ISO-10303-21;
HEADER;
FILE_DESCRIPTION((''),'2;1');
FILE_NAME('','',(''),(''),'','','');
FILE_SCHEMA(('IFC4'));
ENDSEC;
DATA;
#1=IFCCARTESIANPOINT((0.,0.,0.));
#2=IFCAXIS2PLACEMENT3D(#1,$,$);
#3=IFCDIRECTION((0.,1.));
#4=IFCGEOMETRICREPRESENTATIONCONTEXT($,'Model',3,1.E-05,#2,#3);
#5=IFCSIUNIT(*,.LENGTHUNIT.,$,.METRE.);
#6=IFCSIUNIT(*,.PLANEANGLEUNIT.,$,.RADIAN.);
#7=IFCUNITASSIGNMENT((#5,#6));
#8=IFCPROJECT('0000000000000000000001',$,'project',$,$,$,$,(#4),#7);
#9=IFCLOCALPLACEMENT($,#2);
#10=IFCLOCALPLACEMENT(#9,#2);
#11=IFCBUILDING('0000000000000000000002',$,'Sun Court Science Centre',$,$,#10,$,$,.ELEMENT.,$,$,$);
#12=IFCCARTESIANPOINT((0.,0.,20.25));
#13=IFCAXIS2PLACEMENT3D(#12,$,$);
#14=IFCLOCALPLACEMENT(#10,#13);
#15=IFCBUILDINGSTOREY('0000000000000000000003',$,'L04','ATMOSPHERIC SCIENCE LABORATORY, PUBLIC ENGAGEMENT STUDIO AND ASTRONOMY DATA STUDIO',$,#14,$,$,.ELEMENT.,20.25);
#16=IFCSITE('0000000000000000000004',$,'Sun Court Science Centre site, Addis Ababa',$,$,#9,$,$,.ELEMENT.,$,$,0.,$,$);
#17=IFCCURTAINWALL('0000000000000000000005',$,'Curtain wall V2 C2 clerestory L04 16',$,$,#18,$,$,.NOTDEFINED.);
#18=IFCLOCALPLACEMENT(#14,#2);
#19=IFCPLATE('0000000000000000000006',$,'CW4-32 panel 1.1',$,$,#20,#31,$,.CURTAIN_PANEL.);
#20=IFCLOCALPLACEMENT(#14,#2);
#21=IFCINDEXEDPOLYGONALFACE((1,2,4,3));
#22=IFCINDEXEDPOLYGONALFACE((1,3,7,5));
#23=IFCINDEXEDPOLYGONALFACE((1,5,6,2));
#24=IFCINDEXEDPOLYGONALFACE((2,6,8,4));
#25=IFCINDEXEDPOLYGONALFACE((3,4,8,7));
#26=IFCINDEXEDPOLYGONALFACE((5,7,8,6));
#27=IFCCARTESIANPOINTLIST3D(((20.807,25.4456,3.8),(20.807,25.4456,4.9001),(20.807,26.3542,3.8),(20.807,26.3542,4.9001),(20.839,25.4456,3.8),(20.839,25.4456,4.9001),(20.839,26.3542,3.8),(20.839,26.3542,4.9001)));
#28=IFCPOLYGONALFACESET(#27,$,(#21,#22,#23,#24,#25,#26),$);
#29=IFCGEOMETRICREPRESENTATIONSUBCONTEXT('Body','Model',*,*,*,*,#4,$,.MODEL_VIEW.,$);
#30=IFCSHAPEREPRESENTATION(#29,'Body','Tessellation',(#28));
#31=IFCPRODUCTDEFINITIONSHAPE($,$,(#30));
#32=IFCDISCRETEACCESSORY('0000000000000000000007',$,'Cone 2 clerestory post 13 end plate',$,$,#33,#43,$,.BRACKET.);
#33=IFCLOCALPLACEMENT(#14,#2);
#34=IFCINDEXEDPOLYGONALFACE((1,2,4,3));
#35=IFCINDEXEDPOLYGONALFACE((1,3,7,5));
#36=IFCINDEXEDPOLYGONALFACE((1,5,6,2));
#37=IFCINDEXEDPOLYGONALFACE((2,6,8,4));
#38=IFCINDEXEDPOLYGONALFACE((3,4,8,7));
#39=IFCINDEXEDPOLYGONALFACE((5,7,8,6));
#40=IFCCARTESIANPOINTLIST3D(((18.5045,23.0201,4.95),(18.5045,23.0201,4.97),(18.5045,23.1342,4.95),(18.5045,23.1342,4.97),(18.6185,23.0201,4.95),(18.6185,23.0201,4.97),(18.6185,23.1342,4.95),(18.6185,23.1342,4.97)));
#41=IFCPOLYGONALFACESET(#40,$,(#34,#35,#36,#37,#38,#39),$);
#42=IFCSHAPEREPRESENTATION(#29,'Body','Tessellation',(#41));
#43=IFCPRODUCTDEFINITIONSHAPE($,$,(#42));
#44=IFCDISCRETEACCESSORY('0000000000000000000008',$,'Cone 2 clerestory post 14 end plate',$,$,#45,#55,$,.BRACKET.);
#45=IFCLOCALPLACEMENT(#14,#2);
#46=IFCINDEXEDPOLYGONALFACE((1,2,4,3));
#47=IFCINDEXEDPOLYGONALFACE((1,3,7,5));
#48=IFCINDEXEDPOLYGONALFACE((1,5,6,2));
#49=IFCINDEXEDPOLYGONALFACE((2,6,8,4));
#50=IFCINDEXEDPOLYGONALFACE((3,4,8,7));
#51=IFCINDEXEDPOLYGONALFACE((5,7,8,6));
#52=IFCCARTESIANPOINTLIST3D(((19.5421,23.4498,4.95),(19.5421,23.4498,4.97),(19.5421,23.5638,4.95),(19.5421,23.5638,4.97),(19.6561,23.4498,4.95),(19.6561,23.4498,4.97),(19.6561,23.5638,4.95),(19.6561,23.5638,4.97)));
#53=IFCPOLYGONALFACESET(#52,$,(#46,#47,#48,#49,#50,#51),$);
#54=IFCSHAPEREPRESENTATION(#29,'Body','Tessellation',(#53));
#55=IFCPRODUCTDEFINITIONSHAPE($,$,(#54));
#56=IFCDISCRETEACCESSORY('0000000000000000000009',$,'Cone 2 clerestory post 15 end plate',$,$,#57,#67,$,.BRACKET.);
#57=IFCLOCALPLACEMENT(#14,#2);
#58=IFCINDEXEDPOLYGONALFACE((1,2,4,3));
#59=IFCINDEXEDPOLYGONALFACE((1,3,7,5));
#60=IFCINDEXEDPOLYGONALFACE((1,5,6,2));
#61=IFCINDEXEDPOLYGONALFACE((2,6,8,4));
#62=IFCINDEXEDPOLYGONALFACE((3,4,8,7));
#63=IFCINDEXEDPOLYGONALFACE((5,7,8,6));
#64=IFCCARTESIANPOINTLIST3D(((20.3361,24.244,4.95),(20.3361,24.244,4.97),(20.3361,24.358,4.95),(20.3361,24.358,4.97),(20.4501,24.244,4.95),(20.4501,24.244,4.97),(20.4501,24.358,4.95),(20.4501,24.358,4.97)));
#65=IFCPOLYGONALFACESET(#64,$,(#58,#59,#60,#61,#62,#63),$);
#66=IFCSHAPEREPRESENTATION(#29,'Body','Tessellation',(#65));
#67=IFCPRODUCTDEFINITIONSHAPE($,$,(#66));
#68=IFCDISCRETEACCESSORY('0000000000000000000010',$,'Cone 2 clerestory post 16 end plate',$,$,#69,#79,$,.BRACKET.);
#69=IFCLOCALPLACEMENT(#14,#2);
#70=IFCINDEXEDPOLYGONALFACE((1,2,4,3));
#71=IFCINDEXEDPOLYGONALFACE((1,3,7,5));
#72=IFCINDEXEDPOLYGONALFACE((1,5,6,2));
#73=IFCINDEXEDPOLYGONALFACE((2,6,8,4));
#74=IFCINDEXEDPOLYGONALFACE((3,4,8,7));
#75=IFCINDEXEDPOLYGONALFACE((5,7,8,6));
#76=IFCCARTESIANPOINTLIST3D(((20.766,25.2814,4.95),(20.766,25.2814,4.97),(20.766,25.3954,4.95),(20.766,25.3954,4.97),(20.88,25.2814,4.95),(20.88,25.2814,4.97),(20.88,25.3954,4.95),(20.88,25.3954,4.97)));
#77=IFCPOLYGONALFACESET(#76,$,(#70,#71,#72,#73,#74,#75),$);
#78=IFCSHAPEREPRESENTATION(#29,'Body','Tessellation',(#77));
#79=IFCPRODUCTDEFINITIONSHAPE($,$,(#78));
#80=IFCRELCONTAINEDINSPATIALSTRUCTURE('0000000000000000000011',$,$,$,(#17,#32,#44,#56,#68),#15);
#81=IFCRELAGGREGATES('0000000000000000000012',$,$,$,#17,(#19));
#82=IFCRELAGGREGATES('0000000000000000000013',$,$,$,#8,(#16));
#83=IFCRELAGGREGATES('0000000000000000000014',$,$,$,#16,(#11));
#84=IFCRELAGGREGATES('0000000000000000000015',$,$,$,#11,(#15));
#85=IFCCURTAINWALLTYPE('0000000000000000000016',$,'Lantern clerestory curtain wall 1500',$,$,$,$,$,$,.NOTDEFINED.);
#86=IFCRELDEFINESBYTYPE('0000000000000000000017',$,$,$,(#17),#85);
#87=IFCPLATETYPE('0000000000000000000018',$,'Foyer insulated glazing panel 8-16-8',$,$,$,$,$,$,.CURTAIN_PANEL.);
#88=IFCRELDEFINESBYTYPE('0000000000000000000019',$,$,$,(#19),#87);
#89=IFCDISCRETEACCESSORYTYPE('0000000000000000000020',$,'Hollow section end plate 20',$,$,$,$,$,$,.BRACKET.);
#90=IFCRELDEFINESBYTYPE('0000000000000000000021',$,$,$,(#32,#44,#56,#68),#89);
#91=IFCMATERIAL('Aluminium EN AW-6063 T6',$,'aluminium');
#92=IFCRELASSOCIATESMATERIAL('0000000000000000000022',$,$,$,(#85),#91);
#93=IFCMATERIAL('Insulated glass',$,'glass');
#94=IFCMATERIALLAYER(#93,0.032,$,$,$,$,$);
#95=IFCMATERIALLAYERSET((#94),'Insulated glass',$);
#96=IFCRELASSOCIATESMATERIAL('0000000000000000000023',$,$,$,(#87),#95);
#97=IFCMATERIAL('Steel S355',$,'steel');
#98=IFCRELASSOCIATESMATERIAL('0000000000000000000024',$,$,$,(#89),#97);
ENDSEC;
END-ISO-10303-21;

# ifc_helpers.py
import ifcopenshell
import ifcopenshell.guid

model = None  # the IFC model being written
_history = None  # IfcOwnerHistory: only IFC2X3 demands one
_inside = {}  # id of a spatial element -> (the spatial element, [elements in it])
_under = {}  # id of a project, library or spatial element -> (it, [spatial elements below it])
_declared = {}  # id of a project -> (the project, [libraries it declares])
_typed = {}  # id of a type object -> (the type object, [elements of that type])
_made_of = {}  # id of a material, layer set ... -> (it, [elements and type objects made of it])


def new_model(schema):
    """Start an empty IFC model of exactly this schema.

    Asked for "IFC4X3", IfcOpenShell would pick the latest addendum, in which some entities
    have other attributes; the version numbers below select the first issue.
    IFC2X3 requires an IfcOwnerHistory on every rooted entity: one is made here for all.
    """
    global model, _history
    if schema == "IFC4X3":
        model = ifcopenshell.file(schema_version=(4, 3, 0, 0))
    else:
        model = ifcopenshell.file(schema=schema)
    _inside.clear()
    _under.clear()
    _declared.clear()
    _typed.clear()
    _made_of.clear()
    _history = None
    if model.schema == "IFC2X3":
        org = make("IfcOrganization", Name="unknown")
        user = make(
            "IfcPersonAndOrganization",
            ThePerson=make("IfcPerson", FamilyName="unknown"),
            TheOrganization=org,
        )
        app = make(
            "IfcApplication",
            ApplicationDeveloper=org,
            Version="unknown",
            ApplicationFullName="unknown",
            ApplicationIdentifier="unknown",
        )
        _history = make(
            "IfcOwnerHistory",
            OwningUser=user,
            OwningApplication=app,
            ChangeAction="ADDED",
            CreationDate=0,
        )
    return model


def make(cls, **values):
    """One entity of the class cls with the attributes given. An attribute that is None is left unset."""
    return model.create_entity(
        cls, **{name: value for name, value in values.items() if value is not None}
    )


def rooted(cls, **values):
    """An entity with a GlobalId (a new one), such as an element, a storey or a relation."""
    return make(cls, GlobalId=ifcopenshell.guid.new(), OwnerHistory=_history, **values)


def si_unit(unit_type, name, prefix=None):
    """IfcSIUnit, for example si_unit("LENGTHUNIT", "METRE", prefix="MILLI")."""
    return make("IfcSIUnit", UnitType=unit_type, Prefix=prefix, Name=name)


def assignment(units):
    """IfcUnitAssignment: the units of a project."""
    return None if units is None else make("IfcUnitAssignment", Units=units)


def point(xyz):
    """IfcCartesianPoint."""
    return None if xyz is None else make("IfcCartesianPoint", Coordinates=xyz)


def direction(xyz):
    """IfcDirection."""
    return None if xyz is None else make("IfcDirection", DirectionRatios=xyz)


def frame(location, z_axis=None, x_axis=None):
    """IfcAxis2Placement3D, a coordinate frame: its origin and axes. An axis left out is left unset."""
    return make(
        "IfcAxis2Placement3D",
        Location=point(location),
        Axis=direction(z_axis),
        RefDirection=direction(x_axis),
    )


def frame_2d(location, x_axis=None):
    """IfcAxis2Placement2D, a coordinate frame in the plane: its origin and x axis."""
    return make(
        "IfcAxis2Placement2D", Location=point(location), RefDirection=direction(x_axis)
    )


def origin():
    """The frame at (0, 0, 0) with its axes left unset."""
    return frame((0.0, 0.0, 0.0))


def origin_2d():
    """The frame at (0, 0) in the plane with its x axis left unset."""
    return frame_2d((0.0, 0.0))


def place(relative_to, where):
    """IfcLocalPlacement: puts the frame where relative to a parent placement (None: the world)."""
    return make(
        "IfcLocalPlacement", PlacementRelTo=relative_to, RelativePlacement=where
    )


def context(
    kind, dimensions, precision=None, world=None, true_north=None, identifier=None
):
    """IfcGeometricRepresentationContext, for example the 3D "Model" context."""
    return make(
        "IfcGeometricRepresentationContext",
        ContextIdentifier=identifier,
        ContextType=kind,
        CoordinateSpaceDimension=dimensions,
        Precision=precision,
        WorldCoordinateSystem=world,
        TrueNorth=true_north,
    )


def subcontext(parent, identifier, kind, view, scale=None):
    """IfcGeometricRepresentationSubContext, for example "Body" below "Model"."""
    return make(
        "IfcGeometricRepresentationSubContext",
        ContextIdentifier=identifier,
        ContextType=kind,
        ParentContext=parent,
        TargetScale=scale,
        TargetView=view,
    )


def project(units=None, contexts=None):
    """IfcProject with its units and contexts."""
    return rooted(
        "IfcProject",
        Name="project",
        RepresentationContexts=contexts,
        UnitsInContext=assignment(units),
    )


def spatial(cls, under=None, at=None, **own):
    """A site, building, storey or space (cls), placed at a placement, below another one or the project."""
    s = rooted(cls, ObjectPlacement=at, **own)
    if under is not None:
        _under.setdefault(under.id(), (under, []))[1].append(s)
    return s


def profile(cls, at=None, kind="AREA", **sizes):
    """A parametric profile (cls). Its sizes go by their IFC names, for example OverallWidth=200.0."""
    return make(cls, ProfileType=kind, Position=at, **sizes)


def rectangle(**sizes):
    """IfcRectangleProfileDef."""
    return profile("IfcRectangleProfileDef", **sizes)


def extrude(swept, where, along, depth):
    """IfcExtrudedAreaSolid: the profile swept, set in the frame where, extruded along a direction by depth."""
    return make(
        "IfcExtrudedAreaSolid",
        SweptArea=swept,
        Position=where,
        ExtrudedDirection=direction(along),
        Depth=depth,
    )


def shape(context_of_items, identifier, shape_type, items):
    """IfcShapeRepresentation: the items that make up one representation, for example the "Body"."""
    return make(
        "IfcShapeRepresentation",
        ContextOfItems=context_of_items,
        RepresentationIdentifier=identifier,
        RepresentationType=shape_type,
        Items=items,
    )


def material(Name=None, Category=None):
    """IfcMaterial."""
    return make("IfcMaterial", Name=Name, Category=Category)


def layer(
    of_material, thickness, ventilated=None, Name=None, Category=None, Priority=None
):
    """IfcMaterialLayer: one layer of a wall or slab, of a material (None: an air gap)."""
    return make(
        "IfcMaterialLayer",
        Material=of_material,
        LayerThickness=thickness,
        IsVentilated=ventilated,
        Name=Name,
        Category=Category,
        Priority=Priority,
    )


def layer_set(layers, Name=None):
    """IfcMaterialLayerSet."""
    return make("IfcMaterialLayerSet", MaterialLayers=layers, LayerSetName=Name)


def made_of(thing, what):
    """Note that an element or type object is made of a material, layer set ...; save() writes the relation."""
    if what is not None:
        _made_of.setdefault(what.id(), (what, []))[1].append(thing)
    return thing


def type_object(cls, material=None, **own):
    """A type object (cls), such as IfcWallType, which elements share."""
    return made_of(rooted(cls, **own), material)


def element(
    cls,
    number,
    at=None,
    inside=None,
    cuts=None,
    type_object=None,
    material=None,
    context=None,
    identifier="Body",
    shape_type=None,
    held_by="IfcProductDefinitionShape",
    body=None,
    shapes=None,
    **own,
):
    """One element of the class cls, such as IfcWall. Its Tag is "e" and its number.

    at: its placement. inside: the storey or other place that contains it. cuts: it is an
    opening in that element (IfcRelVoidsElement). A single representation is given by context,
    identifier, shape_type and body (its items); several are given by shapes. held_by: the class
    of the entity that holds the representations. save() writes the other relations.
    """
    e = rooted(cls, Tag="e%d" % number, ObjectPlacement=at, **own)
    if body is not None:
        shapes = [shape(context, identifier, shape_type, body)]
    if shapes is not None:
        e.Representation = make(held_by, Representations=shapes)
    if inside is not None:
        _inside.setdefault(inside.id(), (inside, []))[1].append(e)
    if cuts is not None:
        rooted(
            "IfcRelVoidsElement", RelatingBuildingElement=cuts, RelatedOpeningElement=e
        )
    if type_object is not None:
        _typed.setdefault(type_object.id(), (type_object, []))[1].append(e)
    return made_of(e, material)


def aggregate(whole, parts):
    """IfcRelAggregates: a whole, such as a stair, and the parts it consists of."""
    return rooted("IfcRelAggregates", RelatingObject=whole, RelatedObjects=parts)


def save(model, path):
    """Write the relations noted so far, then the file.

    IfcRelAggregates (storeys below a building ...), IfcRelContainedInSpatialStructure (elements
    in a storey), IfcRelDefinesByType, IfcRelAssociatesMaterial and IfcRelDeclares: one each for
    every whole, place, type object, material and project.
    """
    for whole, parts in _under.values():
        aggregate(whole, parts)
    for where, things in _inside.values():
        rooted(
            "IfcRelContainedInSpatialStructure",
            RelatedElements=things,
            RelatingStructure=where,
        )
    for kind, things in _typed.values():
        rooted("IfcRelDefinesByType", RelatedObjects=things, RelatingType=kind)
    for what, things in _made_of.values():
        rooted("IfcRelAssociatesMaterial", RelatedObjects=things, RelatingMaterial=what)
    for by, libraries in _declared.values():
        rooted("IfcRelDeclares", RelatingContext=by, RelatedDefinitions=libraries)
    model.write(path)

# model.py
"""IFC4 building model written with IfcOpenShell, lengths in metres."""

from ifc_helpers import new_model, si_unit, direction, frame, origin, origin_2d, place, context, subcontext, project, spatial, rectangle, extrude, material, layer, layer_set, type_object, element, aggregate, save


model = new_model("IFC4")

# Units and contexts
model_context = context("Model", 3, precision=1e-05, world=origin(), true_north=direction((0.0, 1.0)))
body_context = subcontext(model_context, "Body", "Model", "MODEL_VIEW")
ifc_project = project(units=[si_unit("LENGTHUNIT", "METRE"), si_unit("PLANEANGLEUNIT", "RADIAN")], contexts=[model_context])

# Site, building, storey
site_placement = place(None, origin())
site = spatial("IfcSite", under=ifc_project, at=site_placement, Name="Sun Court Science Centre site, Addis Ababa", CompositionType="ELEMENT", RefElevation=0.0)
building_placement = place(site_placement, origin())
building = spatial("IfcBuilding", under=site, at=building_placement, Name="Sun Court Science Centre", CompositionType="ELEMENT")
storey_placement = place(building_placement, frame((0.0, 0.0, 20.25)))
storey = spatial("IfcBuildingStorey", under=building, at=storey_placement, Name="L04", Description="ATMOSPHERIC SCIENCE LABORATORY, PUBLIC ENGAGEMENT STUDIO AND ASTRONOMY DATA STUDIO", CompositionType="ELEMENT", Elevation=20.25)

# Curtain wall
ifc_material_1 = material(Name="Aluminium EN AW-6063 T6", Category="aluminium")
curtain_wall_type = type_object("IfcCurtainWallType", Name="Lantern clerestory curtain wall 1500", PredefinedType="NOTDEFINED", material=ifc_material_1)
curtain_wall_1_placement = place(storey_placement, origin())
curtain_wall_1 = element("IfcCurtainWall", 1, at=curtain_wall_1_placement, inside=storey, type_object=curtain_wall_type, Name="Curtain wall V2 C2 clerestory L04 16", PredefinedType="NOTDEFINED")

# Plate
ifc_material_2 = material(Name="Insulated glass", Category="glass")
ifc_layer = layer(ifc_material_2, 0.032)
ifc_layer_set = layer_set([ifc_layer], Name="Insulated glass")
plate_type = type_object("IfcPlateType", Name="Foyer insulated glazing panel 8-16-8", PredefinedType="CURTAIN_PANEL", material=ifc_layer_set)
plate_1_placement = place(storey_placement, frame((20.823, 25.8999, 3.8), z_axis=(0.0, 0.0, 1.0), x_axis=(0.0, -1.0, 0.0)))
plate_1 = element("IfcPlate", 2, at=plate_1_placement, type_object=plate_type, Name="CW4-32 panel 1.1", PredefinedType="CURTAIN_PANEL", context=body_context, shape_type="SweptSolid", body=[
    extrude(rectangle(XDim=0.9087, YDim=0.032, at=origin_2d()), origin(), (0.0, 0.0, 1.0), 1.1001),
])
aggregate(curtain_wall_1, [plate_1])

# Discrete accessories
ifc_material_3 = material(Name="Steel S355", Category="steel")
discrete_accessory_type = type_object("IfcDiscreteAccessoryType", Name="Hollow section end plate 20", PredefinedType="BRACKET", material=ifc_material_3)
for number, where, z_axis, x_axis, name in (
    (3, (18.5615, 23.0771, 4.95), (0.0, 0.0, 1.0), (1.0, 0.0, 0.0), "Cone 2 clerestory post 13 end plate"),
    (4, (19.5991, 23.5068, 4.95), (0.0, 0.0, 1.0), (1.0, 0.0, 0.0), "Cone 2 clerestory post 14 end plate"),
    (5, (20.3931, 24.301, 4.95), (0.0, 0.0, 1.0), (1.0, 0.0, 0.0), "Cone 2 clerestory post 15 end plate"),
    (6, (20.823, 25.3384, 4.95), (0.0, 0.0, 1.0), (1.0, 0.0, 0.0), "Cone 2 clerestory post 16 end plate"),
):
    element("IfcDiscreteAccessory", number, at=place(storey_placement, frame(where, z_axis=z_axis, x_axis=x_axis)), inside=storey, type_object=discrete_accessory_type, Name=name, PredefinedType="BRACKET", context=body_context, shape_type="SweptSolid", body=[
        extrude(rectangle(XDim=0.114, YDim=0.114, at=origin_2d()), origin(), (0.0, 0.0, 1.0), 0.02),
    ])

save(model, "model.ifc")
